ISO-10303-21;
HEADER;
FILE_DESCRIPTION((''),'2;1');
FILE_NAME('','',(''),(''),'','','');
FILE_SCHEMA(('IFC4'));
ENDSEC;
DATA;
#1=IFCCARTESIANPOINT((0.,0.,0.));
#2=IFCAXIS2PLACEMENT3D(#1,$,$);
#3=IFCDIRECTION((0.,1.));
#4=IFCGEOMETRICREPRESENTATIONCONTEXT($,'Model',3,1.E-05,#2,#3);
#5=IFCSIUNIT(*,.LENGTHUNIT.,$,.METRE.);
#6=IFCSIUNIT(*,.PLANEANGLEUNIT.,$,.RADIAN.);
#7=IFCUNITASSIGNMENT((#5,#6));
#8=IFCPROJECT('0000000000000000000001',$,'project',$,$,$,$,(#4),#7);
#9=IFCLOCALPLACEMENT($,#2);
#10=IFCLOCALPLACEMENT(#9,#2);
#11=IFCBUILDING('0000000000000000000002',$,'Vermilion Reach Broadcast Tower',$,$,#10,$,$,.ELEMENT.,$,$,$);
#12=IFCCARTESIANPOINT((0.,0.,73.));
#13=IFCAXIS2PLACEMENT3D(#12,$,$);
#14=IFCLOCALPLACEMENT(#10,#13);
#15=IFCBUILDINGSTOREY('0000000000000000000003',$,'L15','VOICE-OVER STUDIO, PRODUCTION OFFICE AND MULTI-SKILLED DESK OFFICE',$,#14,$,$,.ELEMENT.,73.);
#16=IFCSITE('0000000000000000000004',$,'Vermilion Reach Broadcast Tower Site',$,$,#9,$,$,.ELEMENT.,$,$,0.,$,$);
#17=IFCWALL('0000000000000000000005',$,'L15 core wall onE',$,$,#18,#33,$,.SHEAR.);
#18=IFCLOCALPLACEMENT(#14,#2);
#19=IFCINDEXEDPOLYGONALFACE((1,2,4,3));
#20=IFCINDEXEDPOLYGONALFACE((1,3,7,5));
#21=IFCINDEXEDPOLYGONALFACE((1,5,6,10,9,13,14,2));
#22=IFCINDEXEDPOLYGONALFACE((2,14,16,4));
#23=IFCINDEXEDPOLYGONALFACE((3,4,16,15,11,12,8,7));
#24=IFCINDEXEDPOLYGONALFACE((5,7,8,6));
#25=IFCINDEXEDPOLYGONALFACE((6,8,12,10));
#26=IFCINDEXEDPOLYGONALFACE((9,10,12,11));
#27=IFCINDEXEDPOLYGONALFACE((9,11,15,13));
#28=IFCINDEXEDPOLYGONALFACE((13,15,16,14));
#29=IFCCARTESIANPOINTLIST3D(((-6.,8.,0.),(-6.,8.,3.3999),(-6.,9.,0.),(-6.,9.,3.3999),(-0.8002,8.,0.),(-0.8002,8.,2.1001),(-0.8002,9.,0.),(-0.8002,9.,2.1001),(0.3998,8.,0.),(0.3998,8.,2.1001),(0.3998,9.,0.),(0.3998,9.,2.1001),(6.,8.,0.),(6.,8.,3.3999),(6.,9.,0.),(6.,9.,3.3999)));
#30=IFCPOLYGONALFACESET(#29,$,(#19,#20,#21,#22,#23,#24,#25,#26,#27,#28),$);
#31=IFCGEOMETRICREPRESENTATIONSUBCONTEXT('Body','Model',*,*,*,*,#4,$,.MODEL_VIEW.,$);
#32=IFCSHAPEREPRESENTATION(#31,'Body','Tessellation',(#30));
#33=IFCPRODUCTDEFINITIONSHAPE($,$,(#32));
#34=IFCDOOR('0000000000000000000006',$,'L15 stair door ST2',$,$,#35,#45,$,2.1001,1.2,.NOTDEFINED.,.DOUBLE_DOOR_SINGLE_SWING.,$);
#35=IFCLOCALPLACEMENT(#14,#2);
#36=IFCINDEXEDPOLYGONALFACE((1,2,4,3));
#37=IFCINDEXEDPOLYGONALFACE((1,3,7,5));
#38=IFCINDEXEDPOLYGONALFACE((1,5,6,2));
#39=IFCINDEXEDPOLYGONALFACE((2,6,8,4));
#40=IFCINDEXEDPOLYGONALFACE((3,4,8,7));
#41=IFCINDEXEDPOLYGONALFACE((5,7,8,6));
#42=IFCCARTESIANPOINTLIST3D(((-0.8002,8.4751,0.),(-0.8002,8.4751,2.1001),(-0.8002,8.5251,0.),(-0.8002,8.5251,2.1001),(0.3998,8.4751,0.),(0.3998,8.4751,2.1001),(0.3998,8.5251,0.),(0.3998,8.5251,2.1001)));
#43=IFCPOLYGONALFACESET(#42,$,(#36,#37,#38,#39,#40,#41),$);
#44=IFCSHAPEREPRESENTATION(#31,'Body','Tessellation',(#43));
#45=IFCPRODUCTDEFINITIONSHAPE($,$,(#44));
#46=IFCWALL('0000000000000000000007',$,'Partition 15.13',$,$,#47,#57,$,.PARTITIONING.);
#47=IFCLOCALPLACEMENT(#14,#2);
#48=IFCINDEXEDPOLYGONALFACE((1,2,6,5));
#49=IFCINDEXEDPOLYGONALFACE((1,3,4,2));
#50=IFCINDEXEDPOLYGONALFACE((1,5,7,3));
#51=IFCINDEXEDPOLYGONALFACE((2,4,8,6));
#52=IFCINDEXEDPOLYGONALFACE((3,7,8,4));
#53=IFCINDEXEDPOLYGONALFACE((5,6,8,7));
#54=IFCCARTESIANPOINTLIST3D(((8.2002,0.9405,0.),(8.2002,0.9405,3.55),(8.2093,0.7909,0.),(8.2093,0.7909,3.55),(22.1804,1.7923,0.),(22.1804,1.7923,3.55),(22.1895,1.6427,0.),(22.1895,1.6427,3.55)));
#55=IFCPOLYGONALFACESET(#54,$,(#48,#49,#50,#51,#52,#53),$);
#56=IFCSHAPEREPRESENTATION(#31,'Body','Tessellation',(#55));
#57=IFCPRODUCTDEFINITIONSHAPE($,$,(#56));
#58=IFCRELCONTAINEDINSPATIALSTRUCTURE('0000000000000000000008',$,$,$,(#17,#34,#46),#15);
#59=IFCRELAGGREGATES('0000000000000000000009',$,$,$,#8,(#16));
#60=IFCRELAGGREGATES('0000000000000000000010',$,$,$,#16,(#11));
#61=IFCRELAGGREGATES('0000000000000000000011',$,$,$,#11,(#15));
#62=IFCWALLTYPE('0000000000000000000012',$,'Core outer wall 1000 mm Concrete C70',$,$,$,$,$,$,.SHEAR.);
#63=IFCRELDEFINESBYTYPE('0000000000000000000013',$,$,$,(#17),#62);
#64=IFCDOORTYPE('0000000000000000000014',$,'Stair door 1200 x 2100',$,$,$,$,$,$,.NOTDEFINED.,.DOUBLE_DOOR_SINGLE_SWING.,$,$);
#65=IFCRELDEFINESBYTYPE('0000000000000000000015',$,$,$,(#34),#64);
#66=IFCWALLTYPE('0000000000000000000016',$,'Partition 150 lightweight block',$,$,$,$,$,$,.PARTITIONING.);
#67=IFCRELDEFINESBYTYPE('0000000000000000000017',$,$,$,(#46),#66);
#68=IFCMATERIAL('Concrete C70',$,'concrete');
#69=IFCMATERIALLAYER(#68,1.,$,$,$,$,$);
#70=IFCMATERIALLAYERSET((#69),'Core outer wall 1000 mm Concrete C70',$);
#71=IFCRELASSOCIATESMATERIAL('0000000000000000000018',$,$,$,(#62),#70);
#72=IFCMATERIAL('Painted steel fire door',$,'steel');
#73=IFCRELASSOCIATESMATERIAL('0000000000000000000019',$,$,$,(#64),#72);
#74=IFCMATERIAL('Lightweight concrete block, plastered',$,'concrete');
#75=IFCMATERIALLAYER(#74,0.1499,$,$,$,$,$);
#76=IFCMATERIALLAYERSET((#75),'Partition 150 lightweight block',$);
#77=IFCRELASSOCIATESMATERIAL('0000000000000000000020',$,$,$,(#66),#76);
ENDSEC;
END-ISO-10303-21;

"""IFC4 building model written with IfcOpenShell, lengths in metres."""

from ifc_helpers import new_model, si_unit, direction, frame, frame_2d, origin, place, context, subcontext, project, spatial, rectangle, extrude, material, layer, layer_set, type_object, element, fill, save


model = new_model("IFC4")

# Units and contexts
model_context = context("Model", 3, precision=1e-05, world=origin(), true_north=direction((0.0, 1.0)))
body_context = subcontext(model_context, "Body", "Model", "MODEL_VIEW")
ifc_project = project(units=[si_unit("LENGTHUNIT", "METRE"), si_unit("PLANEANGLEUNIT", "RADIAN")], contexts=[model_context])

# Site, building, storey
site_placement = place(None, origin())
site = spatial("IfcSite", under=ifc_project, at=site_placement, Name="Vermilion Reach Broadcast Tower Site", CompositionType="ELEMENT", RefElevation=0.0)
building_placement = place(site_placement, origin())
building = spatial("IfcBuilding", under=site, at=building_placement, Name="Vermilion Reach Broadcast Tower", CompositionType="ELEMENT")
storey_placement = place(building_placement, frame((0.0, 0.0, 73.0)))
storey = spatial("IfcBuildingStorey", under=building, at=storey_placement, Name="L15", Description="VOICE-OVER STUDIO, PRODUCTION OFFICE AND MULTI-SKILLED DESK OFFICE", CompositionType="ELEMENT", Elevation=73.0)

# Wall, opening, door
ifc_material_1 = material(Name="Concrete C70", Category="concrete")
ifc_layer_1 = layer(ifc_material_1, 1.0)
ifc_layer_set_1 = layer_set([ifc_layer_1], Name="Core outer wall 1000 mm Concrete C70")
wall_type_1 = type_object("IfcWallType", Name="Core outer wall 1000 mm Concrete C70", PredefinedType="SHEAR", material=ifc_layer_set_1)
wall_1_placement = place(storey_placement, frame((6.0, 8.5, 0.0), z_axis=(0.0, 0.0, 1.0), x_axis=(-1.0, 0.0, 0.0)))
wall_1 = element("IfcWall", 1, at=wall_1_placement, inside=storey, type_object=wall_type_1, Name="L15 core wall onE", PredefinedType="SHEAR", context=body_context, shape_type="SweptSolid", body=[
    extrude(rectangle(XDim=12.0, YDim=1.0, at=frame_2d((6.0, 0.0))), origin(), (0.0, 0.0, 1.0), 3.3999),
])
opening_placement = place(wall_1_placement, frame((5.6001, 0.0, 0.0)))
opening = element("IfcOpeningElement", 2, at=opening_placement, cuts=wall_1, PredefinedType="OPENING", context=body_context, shape_type="SweptSolid", body=[
    extrude(rectangle(XDim=1.2, YDim=2.1001, at=frame_2d((0.6001, 1.05))), frame((0.0, 0.51, 0.0), z_axis=(0.0, -1.0, 0.0), x_axis=(1.0, 0.0, 0.0)), (0.0, 0.0, 1.0), 1.02),
])
ifc_material_2 = material(Name="Painted steel fire door", Category="steel")
door_type = type_object("IfcDoorType", Name="Stair door 1200 x 2100", OperationType="DOUBLE_DOOR_SINGLE_SWING", PredefinedType="NOTDEFINED", material=ifc_material_2)
door_placement = place(opening_placement, origin())
door = element("IfcDoor", 3, at=door_placement, inside=storey, type_object=door_type, Name="L15 stair door ST2", OperationType="DOUBLE_DOOR_SINGLE_SWING", OverallHeight=2.1001, OverallWidth=1.2, PredefinedType="NOTDEFINED", context=body_context, shape_type="SweptSolid", body=[
    extrude(rectangle(XDim=1.2, YDim=2.1001, at=frame_2d((0.6001, 1.05))), frame((0.0, 0.0249, 0.0), z_axis=(0.0, -1.0, 0.0), x_axis=(1.0, 0.0, 0.0)), (0.0, 0.0, 1.0), 0.05),
])
fill(opening, door)

# Wall
ifc_material_3 = material(Name="Lightweight concrete block, plastered", Category="concrete")
ifc_layer_2 = layer(ifc_material_3, 0.1499)
ifc_layer_set_2 = layer_set([ifc_layer_2], Name="Partition 150 lightweight block")
wall_type_2 = type_object("IfcWallType", Name="Partition 150 lightweight block", PredefinedType="PARTITIONING", material=ifc_layer_set_2)
wall_2_placement = place(storey_placement, frame((22.1848, 1.7175, 0.0), z_axis=(0.0, 0.0, 1.0), x_axis=(-0.998149, -0.060817, 0.0)))
element("IfcWall", 4, at=wall_2_placement, inside=storey, type_object=wall_type_2, Name="Partition 15.13", PredefinedType="PARTITIONING", context=body_context, shape_type="SweptSolid", body=[
    extrude(rectangle(XDim=14.0061, YDim=0.1499, at=frame_2d((7.0029, 0.0))), origin(), (0.0, 0.0, 1.0), 3.55),
])

save(model, "model.ifc")
